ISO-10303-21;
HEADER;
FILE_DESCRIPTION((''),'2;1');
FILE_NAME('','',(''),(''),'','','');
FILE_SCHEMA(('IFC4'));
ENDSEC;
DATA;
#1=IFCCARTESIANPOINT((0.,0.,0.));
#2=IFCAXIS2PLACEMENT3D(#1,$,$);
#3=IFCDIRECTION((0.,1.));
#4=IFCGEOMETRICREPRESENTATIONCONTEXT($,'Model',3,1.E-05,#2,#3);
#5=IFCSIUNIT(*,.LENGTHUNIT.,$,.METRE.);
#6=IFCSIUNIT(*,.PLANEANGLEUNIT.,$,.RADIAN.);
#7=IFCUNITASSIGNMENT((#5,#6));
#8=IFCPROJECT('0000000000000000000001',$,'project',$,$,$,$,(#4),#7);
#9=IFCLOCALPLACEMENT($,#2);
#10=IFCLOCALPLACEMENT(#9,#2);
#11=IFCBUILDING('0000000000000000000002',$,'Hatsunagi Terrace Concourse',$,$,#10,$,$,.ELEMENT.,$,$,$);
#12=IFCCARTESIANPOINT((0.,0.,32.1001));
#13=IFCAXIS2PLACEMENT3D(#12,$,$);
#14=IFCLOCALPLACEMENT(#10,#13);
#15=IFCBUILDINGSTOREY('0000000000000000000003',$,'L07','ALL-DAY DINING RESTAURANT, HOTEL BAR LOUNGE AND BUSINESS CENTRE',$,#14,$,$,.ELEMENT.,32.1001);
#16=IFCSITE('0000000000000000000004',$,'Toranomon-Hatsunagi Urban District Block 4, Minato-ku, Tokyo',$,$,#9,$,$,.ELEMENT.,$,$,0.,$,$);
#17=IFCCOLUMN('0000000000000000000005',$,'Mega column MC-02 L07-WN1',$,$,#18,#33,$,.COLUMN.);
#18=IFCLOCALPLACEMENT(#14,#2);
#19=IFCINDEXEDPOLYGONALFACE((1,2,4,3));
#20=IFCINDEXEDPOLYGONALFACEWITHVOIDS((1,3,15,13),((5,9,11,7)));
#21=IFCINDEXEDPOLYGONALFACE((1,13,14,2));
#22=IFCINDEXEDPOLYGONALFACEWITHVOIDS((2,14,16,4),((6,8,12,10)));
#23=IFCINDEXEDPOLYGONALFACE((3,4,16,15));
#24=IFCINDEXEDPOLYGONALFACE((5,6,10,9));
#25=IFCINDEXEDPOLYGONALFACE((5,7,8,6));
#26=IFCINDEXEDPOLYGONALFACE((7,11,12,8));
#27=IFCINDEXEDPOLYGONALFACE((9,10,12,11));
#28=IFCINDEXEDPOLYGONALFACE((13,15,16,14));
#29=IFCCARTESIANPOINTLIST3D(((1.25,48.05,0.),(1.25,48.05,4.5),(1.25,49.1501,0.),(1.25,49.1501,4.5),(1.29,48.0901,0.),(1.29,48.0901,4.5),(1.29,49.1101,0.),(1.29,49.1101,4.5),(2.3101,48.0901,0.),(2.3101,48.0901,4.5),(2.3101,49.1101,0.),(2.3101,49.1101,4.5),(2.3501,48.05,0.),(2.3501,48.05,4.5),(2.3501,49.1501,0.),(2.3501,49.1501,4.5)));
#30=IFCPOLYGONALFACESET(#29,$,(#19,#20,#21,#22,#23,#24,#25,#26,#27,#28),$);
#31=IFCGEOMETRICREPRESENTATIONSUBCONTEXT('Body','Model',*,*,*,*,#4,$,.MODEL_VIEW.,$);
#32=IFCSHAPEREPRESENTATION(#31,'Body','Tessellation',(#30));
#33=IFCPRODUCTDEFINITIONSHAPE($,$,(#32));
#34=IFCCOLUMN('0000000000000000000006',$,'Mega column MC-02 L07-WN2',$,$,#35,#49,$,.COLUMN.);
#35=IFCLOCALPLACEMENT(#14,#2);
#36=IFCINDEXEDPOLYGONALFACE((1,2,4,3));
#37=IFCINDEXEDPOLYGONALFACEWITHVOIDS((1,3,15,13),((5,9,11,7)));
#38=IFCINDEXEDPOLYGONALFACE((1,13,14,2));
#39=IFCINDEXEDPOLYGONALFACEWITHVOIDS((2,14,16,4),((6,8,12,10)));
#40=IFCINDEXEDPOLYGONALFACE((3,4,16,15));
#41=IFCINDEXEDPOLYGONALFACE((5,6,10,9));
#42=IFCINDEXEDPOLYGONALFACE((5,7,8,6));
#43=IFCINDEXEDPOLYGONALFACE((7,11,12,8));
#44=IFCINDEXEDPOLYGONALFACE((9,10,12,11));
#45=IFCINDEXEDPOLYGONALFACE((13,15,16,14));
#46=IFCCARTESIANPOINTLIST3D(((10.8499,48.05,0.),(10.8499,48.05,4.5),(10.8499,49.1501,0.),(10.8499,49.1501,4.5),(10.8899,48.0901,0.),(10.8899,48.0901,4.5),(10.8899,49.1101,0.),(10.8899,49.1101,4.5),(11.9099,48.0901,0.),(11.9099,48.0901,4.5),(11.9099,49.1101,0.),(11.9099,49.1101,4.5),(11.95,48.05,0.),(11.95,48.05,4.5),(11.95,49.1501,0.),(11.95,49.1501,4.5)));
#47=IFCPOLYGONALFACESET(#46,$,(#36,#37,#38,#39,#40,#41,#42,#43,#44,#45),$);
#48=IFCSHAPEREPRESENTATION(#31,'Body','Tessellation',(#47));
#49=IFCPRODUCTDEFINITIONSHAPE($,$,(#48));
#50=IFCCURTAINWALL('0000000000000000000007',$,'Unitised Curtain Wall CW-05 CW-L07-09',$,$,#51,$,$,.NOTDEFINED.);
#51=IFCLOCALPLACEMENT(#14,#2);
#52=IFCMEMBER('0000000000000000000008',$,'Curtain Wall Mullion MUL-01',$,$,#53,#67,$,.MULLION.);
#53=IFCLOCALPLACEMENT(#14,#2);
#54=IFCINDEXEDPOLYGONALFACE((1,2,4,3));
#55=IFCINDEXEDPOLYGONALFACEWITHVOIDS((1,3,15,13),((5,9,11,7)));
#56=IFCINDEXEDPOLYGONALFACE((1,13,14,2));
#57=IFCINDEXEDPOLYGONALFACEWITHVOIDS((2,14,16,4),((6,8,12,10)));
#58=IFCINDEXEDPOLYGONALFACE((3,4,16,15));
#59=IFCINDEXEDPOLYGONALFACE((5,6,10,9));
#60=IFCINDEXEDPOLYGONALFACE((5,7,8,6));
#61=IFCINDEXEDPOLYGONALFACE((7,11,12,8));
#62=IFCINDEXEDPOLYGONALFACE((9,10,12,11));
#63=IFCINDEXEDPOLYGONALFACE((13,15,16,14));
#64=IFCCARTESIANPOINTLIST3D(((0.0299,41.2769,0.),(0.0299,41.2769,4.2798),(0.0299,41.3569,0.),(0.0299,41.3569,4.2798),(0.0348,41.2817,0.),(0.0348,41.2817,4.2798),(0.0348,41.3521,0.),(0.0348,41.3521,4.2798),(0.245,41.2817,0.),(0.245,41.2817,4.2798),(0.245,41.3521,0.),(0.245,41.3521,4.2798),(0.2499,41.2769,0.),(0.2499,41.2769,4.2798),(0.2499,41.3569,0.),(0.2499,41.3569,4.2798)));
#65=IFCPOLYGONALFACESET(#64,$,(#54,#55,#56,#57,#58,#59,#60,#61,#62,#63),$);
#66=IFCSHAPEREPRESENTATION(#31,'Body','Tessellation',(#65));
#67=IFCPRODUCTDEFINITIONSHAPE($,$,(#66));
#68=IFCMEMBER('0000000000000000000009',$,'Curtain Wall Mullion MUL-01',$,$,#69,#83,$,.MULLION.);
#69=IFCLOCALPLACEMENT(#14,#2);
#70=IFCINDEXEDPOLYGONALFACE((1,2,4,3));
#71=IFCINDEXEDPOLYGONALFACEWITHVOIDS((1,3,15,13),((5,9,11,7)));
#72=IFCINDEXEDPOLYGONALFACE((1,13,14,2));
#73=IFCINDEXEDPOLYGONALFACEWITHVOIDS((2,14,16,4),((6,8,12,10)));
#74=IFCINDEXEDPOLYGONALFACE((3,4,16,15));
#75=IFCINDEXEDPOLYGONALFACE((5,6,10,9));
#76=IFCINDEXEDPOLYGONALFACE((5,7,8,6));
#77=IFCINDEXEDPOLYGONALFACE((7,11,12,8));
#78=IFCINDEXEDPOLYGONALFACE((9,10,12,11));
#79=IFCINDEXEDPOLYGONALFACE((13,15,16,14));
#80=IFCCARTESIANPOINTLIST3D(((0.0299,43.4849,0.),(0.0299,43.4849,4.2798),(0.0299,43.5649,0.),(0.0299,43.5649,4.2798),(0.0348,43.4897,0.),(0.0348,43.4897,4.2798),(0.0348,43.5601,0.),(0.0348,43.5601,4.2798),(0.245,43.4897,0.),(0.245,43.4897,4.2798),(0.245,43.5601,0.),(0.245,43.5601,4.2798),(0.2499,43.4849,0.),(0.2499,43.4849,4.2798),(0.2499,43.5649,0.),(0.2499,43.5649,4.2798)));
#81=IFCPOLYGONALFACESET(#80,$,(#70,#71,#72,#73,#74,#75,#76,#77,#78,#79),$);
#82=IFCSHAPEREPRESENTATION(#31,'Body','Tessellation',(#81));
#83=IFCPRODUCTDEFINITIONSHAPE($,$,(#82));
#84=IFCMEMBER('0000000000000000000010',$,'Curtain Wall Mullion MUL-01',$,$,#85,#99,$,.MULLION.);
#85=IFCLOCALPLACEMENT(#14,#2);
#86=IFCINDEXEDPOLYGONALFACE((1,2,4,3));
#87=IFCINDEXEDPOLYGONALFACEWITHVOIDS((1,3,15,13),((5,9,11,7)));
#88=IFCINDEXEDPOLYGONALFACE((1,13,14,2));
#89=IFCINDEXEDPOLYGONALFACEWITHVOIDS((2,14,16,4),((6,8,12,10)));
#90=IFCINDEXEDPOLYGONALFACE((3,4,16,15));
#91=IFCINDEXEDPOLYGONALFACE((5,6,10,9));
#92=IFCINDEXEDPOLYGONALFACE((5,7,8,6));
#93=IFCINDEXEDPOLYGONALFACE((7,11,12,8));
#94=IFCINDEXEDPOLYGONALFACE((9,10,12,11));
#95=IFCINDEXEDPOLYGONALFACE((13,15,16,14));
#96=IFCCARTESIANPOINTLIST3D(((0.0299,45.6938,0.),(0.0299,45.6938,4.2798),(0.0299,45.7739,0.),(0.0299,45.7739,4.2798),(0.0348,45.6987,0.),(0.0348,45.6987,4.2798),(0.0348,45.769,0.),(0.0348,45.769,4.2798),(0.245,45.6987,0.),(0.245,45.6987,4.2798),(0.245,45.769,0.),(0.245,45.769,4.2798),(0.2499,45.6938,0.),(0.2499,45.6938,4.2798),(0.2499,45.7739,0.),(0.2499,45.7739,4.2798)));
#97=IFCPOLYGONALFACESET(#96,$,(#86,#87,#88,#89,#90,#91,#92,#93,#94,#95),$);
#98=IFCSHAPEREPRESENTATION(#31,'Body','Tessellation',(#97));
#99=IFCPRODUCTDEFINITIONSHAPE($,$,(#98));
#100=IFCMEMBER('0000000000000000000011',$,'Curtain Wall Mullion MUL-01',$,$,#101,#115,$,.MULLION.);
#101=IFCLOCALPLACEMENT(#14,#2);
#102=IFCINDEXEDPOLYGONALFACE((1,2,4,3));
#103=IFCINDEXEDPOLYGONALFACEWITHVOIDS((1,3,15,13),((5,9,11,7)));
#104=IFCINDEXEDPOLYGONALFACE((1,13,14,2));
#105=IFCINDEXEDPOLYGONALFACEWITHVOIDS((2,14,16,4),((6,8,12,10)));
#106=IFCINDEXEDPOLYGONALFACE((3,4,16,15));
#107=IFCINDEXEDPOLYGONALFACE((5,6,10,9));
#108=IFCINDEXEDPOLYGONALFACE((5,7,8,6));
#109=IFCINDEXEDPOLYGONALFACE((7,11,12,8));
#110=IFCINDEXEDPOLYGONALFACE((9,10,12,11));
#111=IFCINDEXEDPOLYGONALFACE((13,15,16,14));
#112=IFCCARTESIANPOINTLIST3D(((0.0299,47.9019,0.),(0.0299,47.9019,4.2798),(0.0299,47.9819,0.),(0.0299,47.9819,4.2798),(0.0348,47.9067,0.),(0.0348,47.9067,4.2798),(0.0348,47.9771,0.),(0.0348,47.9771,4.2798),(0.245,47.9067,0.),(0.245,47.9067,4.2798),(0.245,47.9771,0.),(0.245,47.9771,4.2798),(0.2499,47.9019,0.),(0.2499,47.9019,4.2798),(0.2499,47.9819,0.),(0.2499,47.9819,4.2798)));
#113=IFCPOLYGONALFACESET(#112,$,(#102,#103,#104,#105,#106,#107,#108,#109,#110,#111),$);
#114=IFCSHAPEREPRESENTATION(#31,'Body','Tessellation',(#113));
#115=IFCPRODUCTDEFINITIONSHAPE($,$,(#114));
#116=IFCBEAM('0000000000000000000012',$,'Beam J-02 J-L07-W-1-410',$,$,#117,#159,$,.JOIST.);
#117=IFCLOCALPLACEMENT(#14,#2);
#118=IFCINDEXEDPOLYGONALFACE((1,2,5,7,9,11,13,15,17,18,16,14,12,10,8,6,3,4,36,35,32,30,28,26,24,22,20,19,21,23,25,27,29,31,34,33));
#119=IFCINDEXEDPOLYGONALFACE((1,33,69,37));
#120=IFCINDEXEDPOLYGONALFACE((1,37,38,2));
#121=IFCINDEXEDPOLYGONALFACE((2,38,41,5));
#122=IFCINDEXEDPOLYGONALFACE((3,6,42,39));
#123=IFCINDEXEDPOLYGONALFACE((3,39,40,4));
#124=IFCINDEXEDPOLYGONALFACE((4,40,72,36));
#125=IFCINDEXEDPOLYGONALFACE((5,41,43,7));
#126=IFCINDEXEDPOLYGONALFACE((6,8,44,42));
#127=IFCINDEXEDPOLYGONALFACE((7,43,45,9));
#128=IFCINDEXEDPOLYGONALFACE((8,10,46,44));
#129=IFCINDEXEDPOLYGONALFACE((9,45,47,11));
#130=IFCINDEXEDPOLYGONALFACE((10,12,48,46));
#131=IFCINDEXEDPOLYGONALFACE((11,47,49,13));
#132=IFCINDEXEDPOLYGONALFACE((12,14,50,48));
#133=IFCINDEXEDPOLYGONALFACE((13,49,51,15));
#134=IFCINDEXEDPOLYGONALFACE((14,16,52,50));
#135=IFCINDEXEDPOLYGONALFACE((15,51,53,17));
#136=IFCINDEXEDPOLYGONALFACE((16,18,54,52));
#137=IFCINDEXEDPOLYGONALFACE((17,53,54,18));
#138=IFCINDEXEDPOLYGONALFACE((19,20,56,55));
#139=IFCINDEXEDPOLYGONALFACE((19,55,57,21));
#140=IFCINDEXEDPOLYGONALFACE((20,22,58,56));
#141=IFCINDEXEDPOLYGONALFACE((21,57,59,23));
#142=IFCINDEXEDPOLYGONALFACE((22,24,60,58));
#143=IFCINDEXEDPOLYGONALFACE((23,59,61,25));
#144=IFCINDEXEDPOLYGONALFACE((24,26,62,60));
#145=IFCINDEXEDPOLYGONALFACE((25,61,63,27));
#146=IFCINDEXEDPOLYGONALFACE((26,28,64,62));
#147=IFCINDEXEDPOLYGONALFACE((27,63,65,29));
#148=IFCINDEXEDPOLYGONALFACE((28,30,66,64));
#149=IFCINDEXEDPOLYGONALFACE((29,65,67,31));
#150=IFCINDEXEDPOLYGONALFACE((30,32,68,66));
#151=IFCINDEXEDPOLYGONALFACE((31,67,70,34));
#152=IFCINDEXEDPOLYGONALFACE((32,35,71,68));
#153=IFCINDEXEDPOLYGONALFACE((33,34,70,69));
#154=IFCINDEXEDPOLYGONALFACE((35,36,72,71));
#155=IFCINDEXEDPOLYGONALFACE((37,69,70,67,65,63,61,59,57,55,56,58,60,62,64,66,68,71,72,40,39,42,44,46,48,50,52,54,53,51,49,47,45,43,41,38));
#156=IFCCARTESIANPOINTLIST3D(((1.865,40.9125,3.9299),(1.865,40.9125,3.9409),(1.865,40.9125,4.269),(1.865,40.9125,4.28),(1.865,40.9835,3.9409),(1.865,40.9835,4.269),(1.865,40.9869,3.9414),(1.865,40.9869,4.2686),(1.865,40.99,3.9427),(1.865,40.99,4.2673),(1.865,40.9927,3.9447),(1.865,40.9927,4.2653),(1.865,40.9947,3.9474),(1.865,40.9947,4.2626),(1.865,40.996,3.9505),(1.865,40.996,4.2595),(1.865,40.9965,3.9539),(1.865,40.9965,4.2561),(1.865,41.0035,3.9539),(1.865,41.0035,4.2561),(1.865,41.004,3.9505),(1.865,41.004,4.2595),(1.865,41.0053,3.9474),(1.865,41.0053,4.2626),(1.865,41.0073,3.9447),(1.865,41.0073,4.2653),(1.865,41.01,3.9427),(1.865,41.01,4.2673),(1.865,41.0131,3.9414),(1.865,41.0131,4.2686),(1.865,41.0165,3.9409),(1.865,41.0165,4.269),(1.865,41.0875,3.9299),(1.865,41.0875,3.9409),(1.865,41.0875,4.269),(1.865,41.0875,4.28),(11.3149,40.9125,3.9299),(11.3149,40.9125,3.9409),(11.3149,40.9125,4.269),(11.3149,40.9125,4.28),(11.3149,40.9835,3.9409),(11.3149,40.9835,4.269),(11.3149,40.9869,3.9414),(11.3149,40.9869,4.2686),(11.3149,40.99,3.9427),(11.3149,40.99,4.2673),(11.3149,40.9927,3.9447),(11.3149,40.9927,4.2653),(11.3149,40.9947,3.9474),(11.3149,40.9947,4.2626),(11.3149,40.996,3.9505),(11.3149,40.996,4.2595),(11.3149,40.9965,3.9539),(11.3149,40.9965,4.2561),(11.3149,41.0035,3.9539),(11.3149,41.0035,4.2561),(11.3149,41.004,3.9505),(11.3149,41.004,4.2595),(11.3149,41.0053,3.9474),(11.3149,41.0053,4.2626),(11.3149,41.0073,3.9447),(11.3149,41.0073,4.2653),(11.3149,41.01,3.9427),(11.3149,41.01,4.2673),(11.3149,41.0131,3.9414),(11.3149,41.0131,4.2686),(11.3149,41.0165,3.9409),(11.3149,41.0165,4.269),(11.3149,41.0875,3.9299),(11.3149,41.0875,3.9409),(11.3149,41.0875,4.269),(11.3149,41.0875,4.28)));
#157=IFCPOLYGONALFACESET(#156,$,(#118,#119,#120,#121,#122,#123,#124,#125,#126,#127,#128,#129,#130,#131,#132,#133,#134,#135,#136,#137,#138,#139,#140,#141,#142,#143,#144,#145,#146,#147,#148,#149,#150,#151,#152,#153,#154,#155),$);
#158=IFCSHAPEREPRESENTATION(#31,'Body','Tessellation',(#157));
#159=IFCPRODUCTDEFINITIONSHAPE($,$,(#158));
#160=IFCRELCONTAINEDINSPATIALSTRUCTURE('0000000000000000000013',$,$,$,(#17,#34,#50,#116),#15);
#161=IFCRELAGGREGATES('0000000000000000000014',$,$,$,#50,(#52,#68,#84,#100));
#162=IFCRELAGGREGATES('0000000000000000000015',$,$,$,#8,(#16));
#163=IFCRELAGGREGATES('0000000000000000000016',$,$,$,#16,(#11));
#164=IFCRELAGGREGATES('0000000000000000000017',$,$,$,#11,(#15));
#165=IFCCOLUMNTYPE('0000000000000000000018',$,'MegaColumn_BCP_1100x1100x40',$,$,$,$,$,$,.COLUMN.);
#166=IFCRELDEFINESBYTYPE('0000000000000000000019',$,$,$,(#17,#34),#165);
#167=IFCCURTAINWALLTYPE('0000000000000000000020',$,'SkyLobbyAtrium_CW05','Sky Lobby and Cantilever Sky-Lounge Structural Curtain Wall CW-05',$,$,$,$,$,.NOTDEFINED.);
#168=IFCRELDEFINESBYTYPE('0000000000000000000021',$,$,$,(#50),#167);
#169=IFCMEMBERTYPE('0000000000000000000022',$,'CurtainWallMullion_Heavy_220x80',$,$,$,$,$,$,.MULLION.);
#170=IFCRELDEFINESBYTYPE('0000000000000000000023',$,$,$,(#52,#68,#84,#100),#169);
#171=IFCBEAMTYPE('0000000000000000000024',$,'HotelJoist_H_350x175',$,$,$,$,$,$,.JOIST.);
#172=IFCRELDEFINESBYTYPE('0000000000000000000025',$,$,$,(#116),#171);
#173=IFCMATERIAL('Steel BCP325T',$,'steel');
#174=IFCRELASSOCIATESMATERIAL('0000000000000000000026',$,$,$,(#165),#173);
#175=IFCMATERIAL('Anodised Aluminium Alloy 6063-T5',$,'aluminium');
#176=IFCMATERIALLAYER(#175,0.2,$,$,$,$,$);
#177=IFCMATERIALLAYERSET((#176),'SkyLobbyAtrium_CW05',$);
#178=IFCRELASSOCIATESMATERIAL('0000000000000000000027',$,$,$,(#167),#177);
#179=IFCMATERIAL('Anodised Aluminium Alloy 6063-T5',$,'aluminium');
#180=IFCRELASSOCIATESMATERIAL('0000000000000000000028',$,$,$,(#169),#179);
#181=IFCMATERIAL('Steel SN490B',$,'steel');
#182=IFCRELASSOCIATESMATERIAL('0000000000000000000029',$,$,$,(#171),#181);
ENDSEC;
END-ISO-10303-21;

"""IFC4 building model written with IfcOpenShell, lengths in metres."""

from ifc_helpers import new_model, si_unit, direction, frame, origin, origin_2d, place, context, subcontext, project, spatial, hollow_rectangle, i_section, extrude, material, layer, layer_set, material_profile, profile_set, type_object, element, aggregate, save


model = new_model("IFC4")

# Units and contexts
model_context = context("Model", 3, precision=1e-05, world=origin(), true_north=direction((0.0, 1.0)))
body_context = subcontext(model_context, "Body", "Model", "MODEL_VIEW")
ifc_project = project(units=[si_unit("LENGTHUNIT", "METRE"), si_unit("PLANEANGLEUNIT", "RADIAN")], contexts=[model_context])

# Site, building, storey
site_placement = place(None, origin())
site = spatial("IfcSite", under=ifc_project, at=site_placement, Name="Toranomon-Hatsunagi Urban District Block 4, Minato-ku, Tokyo", CompositionType="ELEMENT", RefElevation=0.0)
building_placement = place(site_placement, origin())
building = spatial("IfcBuilding", under=site, at=building_placement, Name="Hatsunagi Terrace Concourse", CompositionType="ELEMENT")
storey_placement = place(building_placement, frame((0.0, 0.0, 32.1001)))
storey = spatial("IfcBuildingStorey", under=building, at=storey_placement, Name="L07", Description="ALL-DAY DINING RESTAURANT, HOTEL BAR LOUNGE AND BUSINESS CENTRE", CompositionType="ELEMENT", Elevation=32.1001)

# Columns
ifc_material_1 = material(Name="Steel BCP325T", Category="steel")
ifc_material_profile_1 = material_profile(ifc_material_1, hollow_rectangle(XDim=1.1001, YDim=1.1001, WallThickness=0.04, at=origin_2d()), Name="BCP-1100x1100x40")
ifc_profile_set_1 = profile_set([ifc_material_profile_1], Name="Steel BCP325T")
column_type = type_object("IfcColumnType", Name="MegaColumn_BCP_1100x1100x40", PredefinedType="COLUMN", material=ifc_profile_set_1)
for number, where, z_axis, x_axis, name in (
    (1, (1.8, 48.6001, 0.0), (0.0, 0.0, 1.0), (1.0, 0.0, 0.0), "Mega column MC-02 L07-WN1"),
    (2, (11.3999, 48.6001, 0.0), (0.0, 0.0, 1.0), (1.0, 0.0, 0.0), "Mega column MC-02 L07-WN2"),
):
    element("IfcColumn", number, at=place(storey_placement, frame(where, z_axis=z_axis, x_axis=x_axis)), inside=storey, type_object=column_type, Name=name, PredefinedType="COLUMN", context=body_context, shape_type="SweptSolid", body=[
        extrude(hollow_rectangle(XDim=1.1001, YDim=1.1001, WallThickness=0.04, at=origin_2d()), origin(), (0.0, 0.0, 1.0), 4.5),
    ])

# Curtain wall, members
ifc_material_2 = material(Name="Anodised Aluminium Alloy 6063-T5", Category="aluminium")
ifc_layer_1 = layer(ifc_material_2, 0.2)
ifc_layer_set_1 = layer_set([ifc_layer_1], Name="SkyLobbyAtrium_CW05")
curtain_wall_type = type_object("IfcCurtainWallType", Name="SkyLobbyAtrium_CW05", Description="Sky Lobby and Cantilever Sky-Lounge Structural Curtain Wall CW-05", PredefinedType="NOTDEFINED", material=ifc_layer_set_1)
curtain_wall_placement = place(storey_placement, origin())
curtain_wall = element("IfcCurtainWall", 3, at=curtain_wall_placement, inside=storey, type_object=curtain_wall_type, Name="Unitised Curtain Wall CW-05 CW-L07-09", PredefinedType="NOTDEFINED")
ifc_material_3 = material(Name="Anodised Aluminium Alloy 6063-T5", Category="aluminium")
ifc_material_profile_2 = material_profile(ifc_material_3, hollow_rectangle(XDim=0.0801, YDim=0.22, WallThickness=0.0049, at=origin_2d()), Name="ALU-MUL-220x80x5")
ifc_profile_set_2 = profile_set([ifc_material_profile_2], Name="Anodised Aluminium Alloy 6063-T5")
member_type = type_object("IfcMemberType", Name="CurtainWallMullion_Heavy_220x80", PredefinedType="MULLION", material=ifc_profile_set_2)
member_1_placement = place(storey_placement, frame((0.1399, 41.3169, 0.0), z_axis=(0.0, 0.0, 1.0), x_axis=(0.0, 1.0, 0.0)))
member_1 = element("IfcMember", 4, at=member_1_placement, type_object=member_type, Name="Curtain Wall Mullion MUL-01", PredefinedType="MULLION", context=body_context, shape_type="SweptSolid", body=[
    extrude(hollow_rectangle(XDim=0.0801, YDim=0.22, WallThickness=0.0049, at=origin_2d()), origin(), (0.0, 0.0, 1.0), 4.2798),
])
member_2_placement = place(storey_placement, frame((0.1399, 43.5249, 0.0), z_axis=(0.0, 0.0, 1.0), x_axis=(0.0, 1.0, 0.0)))
member_2 = element("IfcMember", 5, at=member_2_placement, type_object=member_type, Name="Curtain Wall Mullion MUL-01", PredefinedType="MULLION", context=body_context, shape_type="SweptSolid", body=[
    extrude(hollow_rectangle(XDim=0.0801, YDim=0.22, WallThickness=0.0049, at=origin_2d()), origin(), (0.0, 0.0, 1.0), 4.2798),
])
member_3_placement = place(storey_placement, frame((0.1399, 45.7339, 0.0), z_axis=(0.0, 0.0, 1.0), x_axis=(0.0, 1.0, 0.0)))
member_3 = element("IfcMember", 6, at=member_3_placement, type_object=member_type, Name="Curtain Wall Mullion MUL-01", PredefinedType="MULLION", context=body_context, shape_type="SweptSolid", body=[
    extrude(hollow_rectangle(XDim=0.0801, YDim=0.22, WallThickness=0.0049, at=origin_2d()), origin(), (0.0, 0.0, 1.0), 4.2798),
])
member_4_placement = place(storey_placement, frame((0.1399, 47.9419, 0.0), z_axis=(0.0, 0.0, 1.0), x_axis=(0.0, 1.0, 0.0)))
member_4 = element("IfcMember", 7, at=member_4_placement, type_object=member_type, Name="Curtain Wall Mullion MUL-01", PredefinedType="MULLION", context=body_context, shape_type="SweptSolid", body=[
    extrude(hollow_rectangle(XDim=0.0801, YDim=0.22, WallThickness=0.0049, at=origin_2d()), origin(), (0.0, 0.0, 1.0), 4.2798),
])

# Beam
ifc_material_4 = material(Name="Steel SN490B", Category="steel")
ifc_material_profile_3 = material_profile(ifc_material_4, i_section(OverallWidth=0.175, OverallDepth=0.3501, WebThickness=0.0071, FlangeThickness=0.011, FilletRadius=0.0129, at=origin_2d()), Name="H-350x175x7x11")
ifc_profile_set_3 = profile_set([ifc_material_profile_3], Name="Steel SN490B")
beam_type_1 = type_object("IfcBeamType", Name="HotelJoist_H_350x175", PredefinedType="JOIST", material=ifc_profile_set_3)
for number, where, z_axis, x_axis, name in (
    (8, (1.865, 41.0, 4.105), (1.0, 0.0, 0.0), (0.0, 1.0, 0.0), "Beam J-02 J-L07-W-1-410"),
):
    element("IfcBeam", number, at=place(storey_placement, frame(where, z_axis=z_axis, x_axis=x_axis)), inside=storey, type_object=beam_type_1, Name=name, PredefinedType="JOIST", context=body_context, shape_type="SweptSolid", body=[
        extrude(i_section(OverallWidth=0.175, OverallDepth=0.3501, WebThickness=0.0071, FlangeThickness=0.011, FilletRadius=0.0129, at=origin_2d()), origin(), (0.0, 0.0, 1.0), 9.45),
    ])

aggregate(curtain_wall, [member_1, member_2, member_3, member_4])

save(model, "model.ifc")
